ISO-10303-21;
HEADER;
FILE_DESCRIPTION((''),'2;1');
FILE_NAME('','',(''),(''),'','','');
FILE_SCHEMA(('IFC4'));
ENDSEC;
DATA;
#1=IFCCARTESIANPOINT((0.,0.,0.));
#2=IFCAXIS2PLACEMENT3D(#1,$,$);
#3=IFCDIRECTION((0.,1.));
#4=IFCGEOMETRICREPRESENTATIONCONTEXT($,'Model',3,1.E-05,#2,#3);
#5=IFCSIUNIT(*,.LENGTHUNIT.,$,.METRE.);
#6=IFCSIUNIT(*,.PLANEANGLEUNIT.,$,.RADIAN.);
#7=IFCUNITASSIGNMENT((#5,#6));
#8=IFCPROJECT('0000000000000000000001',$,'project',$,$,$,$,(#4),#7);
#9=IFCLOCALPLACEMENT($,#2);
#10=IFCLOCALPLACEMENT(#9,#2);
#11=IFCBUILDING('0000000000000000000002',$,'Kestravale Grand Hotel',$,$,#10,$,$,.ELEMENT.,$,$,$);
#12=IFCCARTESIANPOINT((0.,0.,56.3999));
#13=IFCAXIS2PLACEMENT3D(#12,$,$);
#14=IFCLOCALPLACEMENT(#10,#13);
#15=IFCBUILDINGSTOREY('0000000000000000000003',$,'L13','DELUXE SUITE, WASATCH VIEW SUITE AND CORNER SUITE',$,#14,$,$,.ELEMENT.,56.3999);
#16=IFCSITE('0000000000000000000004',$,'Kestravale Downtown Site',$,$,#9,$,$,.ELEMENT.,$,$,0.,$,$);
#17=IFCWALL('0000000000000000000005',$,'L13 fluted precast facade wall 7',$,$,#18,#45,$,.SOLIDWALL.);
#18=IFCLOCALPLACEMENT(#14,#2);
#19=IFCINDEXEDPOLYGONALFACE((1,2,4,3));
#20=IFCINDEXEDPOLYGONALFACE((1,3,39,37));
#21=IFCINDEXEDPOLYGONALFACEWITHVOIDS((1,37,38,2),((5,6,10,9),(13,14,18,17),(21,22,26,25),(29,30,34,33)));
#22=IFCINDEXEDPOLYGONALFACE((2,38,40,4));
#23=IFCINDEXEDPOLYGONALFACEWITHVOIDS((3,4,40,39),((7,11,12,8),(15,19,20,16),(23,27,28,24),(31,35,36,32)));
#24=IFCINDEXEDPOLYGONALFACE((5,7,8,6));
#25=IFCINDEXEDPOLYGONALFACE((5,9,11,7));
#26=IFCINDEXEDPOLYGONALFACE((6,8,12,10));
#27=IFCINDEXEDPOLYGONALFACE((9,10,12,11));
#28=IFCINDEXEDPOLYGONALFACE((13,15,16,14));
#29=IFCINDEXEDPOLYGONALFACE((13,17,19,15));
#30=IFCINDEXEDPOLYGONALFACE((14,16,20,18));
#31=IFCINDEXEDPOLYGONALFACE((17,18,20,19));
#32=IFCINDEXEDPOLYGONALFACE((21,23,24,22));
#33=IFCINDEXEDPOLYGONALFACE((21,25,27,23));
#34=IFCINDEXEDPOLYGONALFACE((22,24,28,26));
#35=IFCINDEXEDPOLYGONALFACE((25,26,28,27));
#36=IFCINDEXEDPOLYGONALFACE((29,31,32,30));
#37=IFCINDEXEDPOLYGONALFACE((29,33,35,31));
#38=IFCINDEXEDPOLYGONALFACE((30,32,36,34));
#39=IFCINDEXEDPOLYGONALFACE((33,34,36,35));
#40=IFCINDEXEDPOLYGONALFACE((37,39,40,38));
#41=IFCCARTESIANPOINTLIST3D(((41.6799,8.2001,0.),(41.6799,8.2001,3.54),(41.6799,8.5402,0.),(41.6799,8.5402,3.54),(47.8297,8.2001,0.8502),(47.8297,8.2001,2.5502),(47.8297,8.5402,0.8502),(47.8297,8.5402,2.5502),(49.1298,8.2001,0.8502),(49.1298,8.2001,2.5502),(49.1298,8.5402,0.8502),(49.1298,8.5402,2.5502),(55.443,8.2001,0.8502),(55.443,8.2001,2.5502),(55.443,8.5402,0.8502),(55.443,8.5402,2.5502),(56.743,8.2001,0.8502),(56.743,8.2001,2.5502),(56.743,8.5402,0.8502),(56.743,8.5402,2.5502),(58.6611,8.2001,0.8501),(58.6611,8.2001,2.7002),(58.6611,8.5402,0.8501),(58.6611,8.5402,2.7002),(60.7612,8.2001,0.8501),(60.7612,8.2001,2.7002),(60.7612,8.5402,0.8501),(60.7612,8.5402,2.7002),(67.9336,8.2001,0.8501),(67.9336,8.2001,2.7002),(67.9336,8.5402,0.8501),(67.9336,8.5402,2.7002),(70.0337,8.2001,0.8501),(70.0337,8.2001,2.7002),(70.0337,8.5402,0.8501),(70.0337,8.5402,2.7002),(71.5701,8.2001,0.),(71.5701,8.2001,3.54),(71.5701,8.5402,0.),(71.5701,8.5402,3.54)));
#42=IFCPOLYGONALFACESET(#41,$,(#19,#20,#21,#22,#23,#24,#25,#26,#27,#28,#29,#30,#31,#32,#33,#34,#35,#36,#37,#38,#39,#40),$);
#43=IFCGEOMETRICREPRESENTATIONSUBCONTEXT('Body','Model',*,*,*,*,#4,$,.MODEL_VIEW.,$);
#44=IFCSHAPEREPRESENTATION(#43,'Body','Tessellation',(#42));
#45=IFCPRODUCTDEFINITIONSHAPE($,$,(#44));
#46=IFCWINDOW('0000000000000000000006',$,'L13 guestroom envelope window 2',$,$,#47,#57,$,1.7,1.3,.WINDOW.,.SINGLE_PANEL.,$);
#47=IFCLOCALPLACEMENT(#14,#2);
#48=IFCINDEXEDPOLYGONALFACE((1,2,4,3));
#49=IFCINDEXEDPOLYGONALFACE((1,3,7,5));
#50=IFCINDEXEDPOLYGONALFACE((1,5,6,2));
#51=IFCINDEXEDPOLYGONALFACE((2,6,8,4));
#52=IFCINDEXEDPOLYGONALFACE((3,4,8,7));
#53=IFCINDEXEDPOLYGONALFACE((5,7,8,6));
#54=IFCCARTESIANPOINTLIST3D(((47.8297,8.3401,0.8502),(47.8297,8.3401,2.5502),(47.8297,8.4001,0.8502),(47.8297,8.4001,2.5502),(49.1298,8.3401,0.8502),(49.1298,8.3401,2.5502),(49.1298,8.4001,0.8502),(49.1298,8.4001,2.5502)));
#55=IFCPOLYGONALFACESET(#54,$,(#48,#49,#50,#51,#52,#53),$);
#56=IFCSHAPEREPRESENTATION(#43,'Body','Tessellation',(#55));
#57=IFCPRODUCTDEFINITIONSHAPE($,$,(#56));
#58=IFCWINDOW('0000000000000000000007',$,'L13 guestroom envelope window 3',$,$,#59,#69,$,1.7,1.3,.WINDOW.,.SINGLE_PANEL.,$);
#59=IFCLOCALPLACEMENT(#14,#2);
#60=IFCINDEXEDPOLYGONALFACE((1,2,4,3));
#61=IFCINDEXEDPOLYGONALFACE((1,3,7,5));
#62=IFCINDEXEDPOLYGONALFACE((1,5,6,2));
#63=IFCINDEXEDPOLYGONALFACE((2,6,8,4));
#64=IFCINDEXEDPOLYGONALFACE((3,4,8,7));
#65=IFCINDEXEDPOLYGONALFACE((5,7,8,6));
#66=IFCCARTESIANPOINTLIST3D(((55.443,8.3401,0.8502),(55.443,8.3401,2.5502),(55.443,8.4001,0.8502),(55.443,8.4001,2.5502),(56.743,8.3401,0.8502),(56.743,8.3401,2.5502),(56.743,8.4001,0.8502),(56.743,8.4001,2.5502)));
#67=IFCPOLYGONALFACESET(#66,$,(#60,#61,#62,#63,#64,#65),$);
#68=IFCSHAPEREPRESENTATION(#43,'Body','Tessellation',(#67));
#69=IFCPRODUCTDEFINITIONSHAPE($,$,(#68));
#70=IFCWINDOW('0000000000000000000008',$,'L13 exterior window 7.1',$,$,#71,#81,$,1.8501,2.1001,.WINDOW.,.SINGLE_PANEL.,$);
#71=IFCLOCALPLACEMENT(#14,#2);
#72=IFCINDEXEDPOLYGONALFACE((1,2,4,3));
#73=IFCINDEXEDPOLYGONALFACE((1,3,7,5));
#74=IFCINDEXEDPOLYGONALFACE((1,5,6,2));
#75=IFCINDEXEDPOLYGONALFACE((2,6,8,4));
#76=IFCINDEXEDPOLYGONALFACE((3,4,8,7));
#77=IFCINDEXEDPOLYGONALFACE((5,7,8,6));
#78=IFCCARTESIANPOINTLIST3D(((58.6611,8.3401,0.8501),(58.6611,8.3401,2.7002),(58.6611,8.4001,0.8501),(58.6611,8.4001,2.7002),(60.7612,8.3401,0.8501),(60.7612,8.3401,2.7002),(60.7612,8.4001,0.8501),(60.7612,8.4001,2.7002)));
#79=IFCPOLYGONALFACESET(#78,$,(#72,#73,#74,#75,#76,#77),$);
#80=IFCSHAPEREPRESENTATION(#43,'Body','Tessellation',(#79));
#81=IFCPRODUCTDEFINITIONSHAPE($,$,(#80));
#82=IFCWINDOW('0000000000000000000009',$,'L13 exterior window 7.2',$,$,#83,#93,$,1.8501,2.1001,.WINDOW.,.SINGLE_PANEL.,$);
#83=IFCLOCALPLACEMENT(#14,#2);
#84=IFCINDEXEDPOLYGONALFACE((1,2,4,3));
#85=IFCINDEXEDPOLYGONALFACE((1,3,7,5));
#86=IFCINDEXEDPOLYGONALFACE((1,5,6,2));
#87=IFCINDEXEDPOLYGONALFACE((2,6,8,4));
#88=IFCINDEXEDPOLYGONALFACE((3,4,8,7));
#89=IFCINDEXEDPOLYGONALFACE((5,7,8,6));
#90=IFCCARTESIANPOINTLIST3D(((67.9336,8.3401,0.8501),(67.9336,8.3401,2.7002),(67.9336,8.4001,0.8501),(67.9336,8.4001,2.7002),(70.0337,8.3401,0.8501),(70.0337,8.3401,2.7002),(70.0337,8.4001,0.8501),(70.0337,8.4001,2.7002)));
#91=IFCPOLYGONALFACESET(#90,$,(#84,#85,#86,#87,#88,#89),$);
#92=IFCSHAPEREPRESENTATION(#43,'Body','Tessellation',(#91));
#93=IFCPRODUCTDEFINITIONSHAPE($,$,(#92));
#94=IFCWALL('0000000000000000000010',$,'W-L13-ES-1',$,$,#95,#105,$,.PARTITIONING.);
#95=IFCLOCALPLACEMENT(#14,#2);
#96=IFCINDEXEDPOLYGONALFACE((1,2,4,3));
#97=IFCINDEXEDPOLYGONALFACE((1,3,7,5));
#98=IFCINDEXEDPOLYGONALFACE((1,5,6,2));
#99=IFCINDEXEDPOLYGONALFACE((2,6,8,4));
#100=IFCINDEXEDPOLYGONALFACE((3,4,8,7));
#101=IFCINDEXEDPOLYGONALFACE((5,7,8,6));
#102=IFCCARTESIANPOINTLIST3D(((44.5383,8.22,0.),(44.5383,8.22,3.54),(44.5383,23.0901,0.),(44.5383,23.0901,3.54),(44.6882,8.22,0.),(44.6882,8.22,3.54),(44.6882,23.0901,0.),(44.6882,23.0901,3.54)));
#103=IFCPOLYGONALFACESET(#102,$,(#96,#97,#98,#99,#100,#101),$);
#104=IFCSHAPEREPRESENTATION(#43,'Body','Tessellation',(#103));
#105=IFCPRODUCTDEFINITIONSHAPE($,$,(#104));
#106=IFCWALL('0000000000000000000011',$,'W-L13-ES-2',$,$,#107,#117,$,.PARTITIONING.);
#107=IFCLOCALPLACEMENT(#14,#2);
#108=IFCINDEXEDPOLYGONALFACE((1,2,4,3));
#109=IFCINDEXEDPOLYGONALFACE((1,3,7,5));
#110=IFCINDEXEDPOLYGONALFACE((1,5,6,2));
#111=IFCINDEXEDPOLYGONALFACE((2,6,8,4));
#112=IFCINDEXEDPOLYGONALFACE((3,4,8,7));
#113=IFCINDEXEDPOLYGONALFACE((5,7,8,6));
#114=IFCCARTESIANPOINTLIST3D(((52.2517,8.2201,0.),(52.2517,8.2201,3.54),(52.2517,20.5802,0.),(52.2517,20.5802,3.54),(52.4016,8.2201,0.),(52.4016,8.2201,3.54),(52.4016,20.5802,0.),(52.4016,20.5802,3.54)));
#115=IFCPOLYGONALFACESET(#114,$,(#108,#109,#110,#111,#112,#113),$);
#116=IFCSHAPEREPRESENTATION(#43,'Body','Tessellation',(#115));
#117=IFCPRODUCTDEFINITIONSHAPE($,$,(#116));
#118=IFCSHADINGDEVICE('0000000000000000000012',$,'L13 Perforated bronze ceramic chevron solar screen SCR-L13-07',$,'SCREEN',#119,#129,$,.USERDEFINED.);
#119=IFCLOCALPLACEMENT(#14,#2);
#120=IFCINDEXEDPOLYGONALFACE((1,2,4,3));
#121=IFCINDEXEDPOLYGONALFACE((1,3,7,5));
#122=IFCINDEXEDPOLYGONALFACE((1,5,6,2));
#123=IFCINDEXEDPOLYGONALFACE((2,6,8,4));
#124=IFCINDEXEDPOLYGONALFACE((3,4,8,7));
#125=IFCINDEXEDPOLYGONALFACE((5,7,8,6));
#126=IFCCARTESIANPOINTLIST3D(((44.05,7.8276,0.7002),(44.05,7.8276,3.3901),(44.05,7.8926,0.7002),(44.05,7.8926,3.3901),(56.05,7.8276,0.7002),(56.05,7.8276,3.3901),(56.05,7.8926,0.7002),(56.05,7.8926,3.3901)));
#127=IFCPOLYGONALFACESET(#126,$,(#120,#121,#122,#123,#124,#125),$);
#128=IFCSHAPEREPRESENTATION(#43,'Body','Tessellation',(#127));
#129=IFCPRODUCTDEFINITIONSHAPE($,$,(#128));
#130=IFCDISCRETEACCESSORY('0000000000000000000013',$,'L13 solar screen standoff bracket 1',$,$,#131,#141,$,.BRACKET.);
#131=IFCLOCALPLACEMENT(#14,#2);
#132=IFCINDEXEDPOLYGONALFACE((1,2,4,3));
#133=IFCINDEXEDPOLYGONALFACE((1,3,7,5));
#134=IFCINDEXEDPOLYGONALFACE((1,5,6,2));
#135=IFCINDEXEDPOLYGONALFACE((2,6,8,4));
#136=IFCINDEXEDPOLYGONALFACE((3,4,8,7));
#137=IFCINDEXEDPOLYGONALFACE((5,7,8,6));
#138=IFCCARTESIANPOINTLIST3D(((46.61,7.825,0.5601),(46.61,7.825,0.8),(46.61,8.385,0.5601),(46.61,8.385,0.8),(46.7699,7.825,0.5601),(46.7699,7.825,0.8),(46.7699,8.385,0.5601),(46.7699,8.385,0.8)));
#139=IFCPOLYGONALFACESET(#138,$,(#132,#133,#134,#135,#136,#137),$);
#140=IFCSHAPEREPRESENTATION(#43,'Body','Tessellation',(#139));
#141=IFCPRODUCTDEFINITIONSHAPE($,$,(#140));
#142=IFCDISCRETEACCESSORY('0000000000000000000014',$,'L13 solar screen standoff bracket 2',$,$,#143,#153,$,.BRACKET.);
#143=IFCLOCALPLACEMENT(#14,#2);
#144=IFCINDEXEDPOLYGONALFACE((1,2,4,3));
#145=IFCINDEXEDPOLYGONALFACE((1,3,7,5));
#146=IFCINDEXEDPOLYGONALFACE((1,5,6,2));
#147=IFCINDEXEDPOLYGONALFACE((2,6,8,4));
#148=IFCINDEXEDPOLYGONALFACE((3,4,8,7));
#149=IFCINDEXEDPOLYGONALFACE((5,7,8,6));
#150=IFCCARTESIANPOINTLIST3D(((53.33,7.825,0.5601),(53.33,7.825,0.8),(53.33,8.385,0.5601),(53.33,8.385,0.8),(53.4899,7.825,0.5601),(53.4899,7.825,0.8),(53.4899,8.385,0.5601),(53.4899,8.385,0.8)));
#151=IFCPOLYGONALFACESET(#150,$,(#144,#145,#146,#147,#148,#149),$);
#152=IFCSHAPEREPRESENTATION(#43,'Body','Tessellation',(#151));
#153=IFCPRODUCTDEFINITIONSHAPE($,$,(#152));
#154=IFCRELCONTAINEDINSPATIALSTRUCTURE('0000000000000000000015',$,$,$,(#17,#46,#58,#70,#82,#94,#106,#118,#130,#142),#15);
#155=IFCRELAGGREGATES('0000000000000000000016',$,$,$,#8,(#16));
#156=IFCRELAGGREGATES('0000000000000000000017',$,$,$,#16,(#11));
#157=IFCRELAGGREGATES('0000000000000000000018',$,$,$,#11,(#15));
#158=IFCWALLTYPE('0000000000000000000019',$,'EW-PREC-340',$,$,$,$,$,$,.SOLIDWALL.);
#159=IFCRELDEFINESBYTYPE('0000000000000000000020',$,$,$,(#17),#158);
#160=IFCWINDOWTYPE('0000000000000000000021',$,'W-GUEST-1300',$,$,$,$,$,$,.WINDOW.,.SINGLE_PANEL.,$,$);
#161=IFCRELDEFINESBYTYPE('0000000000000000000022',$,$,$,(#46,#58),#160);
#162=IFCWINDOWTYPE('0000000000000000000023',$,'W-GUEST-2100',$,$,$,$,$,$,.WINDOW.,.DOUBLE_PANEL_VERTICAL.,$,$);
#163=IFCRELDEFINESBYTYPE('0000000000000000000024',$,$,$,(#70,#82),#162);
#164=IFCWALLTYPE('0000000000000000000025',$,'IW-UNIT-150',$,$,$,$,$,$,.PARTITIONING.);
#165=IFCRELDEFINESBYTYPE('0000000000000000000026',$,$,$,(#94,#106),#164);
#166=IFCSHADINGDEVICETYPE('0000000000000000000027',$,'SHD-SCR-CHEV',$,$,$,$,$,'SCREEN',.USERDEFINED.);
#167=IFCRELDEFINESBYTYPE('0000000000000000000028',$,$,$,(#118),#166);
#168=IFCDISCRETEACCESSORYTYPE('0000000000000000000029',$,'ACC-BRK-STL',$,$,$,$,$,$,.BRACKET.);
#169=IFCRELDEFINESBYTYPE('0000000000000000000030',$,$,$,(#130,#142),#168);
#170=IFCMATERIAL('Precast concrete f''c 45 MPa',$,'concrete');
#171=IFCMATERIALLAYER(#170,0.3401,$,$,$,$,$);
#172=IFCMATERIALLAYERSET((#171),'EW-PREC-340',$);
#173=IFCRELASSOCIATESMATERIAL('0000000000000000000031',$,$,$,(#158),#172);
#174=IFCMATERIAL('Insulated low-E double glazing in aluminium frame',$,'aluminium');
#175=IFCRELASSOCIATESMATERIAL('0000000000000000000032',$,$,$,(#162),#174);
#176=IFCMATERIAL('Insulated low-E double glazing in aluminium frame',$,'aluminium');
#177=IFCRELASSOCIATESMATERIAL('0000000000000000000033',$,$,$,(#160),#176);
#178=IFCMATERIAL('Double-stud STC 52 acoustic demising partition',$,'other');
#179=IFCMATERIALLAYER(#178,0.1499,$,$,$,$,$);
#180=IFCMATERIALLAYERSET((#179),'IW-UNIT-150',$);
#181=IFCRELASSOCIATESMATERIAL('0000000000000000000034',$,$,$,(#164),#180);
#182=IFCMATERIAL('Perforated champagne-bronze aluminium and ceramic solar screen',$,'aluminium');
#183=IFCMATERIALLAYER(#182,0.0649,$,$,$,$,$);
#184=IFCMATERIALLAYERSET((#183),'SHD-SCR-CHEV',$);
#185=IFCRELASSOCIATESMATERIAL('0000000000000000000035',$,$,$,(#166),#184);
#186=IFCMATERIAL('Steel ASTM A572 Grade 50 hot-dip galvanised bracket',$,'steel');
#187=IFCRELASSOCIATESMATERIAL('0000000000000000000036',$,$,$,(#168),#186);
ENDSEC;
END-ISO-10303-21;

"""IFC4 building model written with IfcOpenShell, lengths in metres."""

from ifc_helpers import new_model, si_unit, direction, frame, frame_2d, origin, origin_2d, place, context, subcontext, project, spatial, rectangle, extrude, material, layer, layer_set, type_object, element, fill, save


model = new_model("IFC4")

# Units and contexts
model_context = context("Model", 3, precision=1e-05, world=origin(), true_north=direction((0.0, 1.0)))
body_context = subcontext(model_context, "Body", "Model", "MODEL_VIEW")
ifc_project = project(units=[si_unit("LENGTHUNIT", "METRE"), si_unit("PLANEANGLEUNIT", "RADIAN")], contexts=[model_context])

# Site, building, storey
site_placement = place(None, origin())
site = spatial("IfcSite", under=ifc_project, at=site_placement, Name="Kestravale Downtown Site", CompositionType="ELEMENT", RefElevation=0.0)
building_placement = place(site_placement, origin())
building = spatial("IfcBuilding", under=site, at=building_placement, Name="Kestravale Grand Hotel", CompositionType="ELEMENT")
storey_placement = place(building_placement, frame((0.0, 0.0, 56.3999)))
storey = spatial("IfcBuildingStorey", under=building, at=storey_placement, Name="L13", Description="DELUXE SUITE, WASATCH VIEW SUITE AND CORNER SUITE", CompositionType="ELEMENT", Elevation=56.3999)

# Shared definitions
ifc_material_1 = material(Name="Precast concrete f'c 45 MPa", Category="concrete")
ifc_layer_1 = layer(ifc_material_1, 0.3401)
ifc_layer_set_1 = layer_set([ifc_layer_1], Name="EW-PREC-340")
wall_type_1 = type_object("IfcWallType", Name="EW-PREC-340", PredefinedType="SOLIDWALL", material=ifc_layer_set_1)

# Shared definitions
ifc_material_2 = material(Name="Insulated low-E double glazing in aluminium frame", Category="aluminium")
window_type_1 = type_object("IfcWindowType", Name="W-GUEST-2100", PartitioningType="DOUBLE_PANEL_VERTICAL", PredefinedType="WINDOW", material=ifc_material_2)

# Wall, openings, windows
wall_1_placement = place(storey_placement, frame((41.6799, 8.3701, 0.0), z_axis=(0.0, 0.0, 1.0), x_axis=(1.0, 0.0, 0.0)))
wall_1 = element("IfcWall", 1, at=wall_1_placement, inside=storey, type_object=wall_type_1, Name="L13 fluted precast facade wall 7", PredefinedType="SOLIDWALL", context=body_context, shape_type="SweptSolid", body=[
    extrude(rectangle(XDim=29.8901, YDim=0.3401, at=frame_2d((14.9451, 0.0))), origin(), (0.0, 0.0, 1.0), 3.54),
])
opening_1_placement = place(wall_1_placement, frame((16.9812, 0.0, 0.8501)))
opening_1 = element("IfcOpeningElement", 2, at=opening_1_placement, cuts=wall_1, PredefinedType="OPENING", context=body_context, shape_type="SweptSolid", body=[
    extrude(rectangle(XDim=2.1001, YDim=1.8501, at=frame_2d((1.05, 0.925))), frame((0.0, 0.1799, 0.0), z_axis=(0.0, -1.0, 0.0), x_axis=(1.0, 0.0, 0.0)), (0.0, 0.0, 1.0), 0.3601),
])
opening_2_placement = place(wall_1_placement, frame((26.2537, 0.0, 0.8501)))
opening_2 = element("IfcOpeningElement", 3, at=opening_2_placement, cuts=wall_1, PredefinedType="OPENING", context=body_context, shape_type="SweptSolid", body=[
    extrude(rectangle(XDim=2.1001, YDim=1.8501, at=frame_2d((1.05, 0.925))), frame((0.0, 0.1799, 0.0), z_axis=(0.0, -1.0, 0.0), x_axis=(1.0, 0.0, 0.0)), (0.0, 0.0, 1.0), 0.3601),
])
opening_3_placement = place(wall_1_placement, frame((6.1499, 0.0, 0.8501)))
opening_3 = element("IfcOpeningElement", 4, at=opening_3_placement, cuts=wall_1, PredefinedType="OPENING", context=body_context, shape_type="SweptSolid", body=[
    extrude(rectangle(XDim=1.3, YDim=1.7, at=frame_2d((0.6499, 0.8501))), frame((0.0, 0.1799, 0.0), z_axis=(0.0, -1.0, 0.0), x_axis=(1.0, 0.0, 0.0)), (0.0, 0.0, 1.0), 0.3601),
])
opening_4_placement = place(wall_1_placement, frame((13.7632, 0.0, 0.8501)))
opening_4 = element("IfcOpeningElement", 5, at=opening_4_placement, cuts=wall_1, PredefinedType="OPENING", context=body_context, shape_type="SweptSolid", body=[
    extrude(rectangle(XDim=1.3, YDim=1.7, at=frame_2d((0.6499, 0.8501))), frame((0.0, 0.1799, 0.0), z_axis=(0.0, -1.0, 0.0), x_axis=(1.0, 0.0, 0.0)), (0.0, 0.0, 1.0), 0.3601),
])
ifc_material_3 = material(Name="Insulated low-E double glazing in aluminium frame", Category="aluminium")
window_type_2 = type_object("IfcWindowType", Name="W-GUEST-1300", PartitioningType="SINGLE_PANEL", PredefinedType="WINDOW", material=ifc_material_3)
window_1_placement = place(opening_3_placement, origin())
window_1 = element("IfcWindow", 6, at=window_1_placement, inside=storey, type_object=window_type_2, Name="L13 guestroom envelope window 2", OverallHeight=1.7, OverallWidth=1.3, PartitioningType="SINGLE_PANEL", PredefinedType="WINDOW", context=body_context, shape_type="SweptSolid", body=[
    extrude(rectangle(XDim=1.3, YDim=1.7, at=frame_2d((0.6499, 0.8501))), frame((0.0, 0.03, 0.0), z_axis=(0.0, -1.0, 0.0), x_axis=(1.0, 0.0, 0.0)), (0.0, 0.0, 1.0), 0.0601),
])
fill(opening_3, window_1)
window_2_placement = place(opening_4_placement, origin())
window_2 = element("IfcWindow", 7, at=window_2_placement, inside=storey, type_object=window_type_2, Name="L13 guestroom envelope window 3", OverallHeight=1.7, OverallWidth=1.3, PartitioningType="SINGLE_PANEL", PredefinedType="WINDOW", context=body_context, shape_type="SweptSolid", body=[
    extrude(rectangle(XDim=1.3, YDim=1.7, at=frame_2d((0.6499, 0.8501))), frame((0.0, 0.03, 0.0), z_axis=(0.0, -1.0, 0.0), x_axis=(1.0, 0.0, 0.0)), (0.0, 0.0, 1.0), 0.0601),
])
fill(opening_4, window_2)
window_3_placement = place(opening_1_placement, origin())
window_3 = element("IfcWindow", 8, at=window_3_placement, inside=storey, type_object=window_type_1, Name="L13 exterior window 7.1", OverallHeight=1.8501, OverallWidth=2.1001, PartitioningType="SINGLE_PANEL", PredefinedType="WINDOW", context=body_context, shape_type="SweptSolid", body=[
    extrude(rectangle(XDim=2.1001, YDim=1.8501, at=frame_2d((1.05, 0.925))), frame((0.0, 0.03, 0.0), z_axis=(0.0, -1.0, 0.0), x_axis=(1.0, 0.0, 0.0)), (0.0, 0.0, 1.0), 0.0601),
])
fill(opening_1, window_3)
window_4_placement = place(opening_2_placement, origin())
window_4 = element("IfcWindow", 9, at=window_4_placement, inside=storey, type_object=window_type_1, Name="L13 exterior window 7.2", OverallHeight=1.8501, OverallWidth=2.1001, PartitioningType="SINGLE_PANEL", PredefinedType="WINDOW", context=body_context, shape_type="SweptSolid", body=[
    extrude(rectangle(XDim=2.1001, YDim=1.8501, at=frame_2d((1.05, 0.925))), frame((0.0, 0.03, 0.0), z_axis=(0.0, -1.0, 0.0), x_axis=(1.0, 0.0, 0.0)), (0.0, 0.0, 1.0), 0.0601),
])
fill(opening_2, window_4)

# Walls
ifc_material_4 = material(Name="Double-stud STC 52 acoustic demising partition", Category="other")
ifc_layer_2 = layer(ifc_material_4, 0.1499)
ifc_layer_set_2 = layer_set([ifc_layer_2], Name="IW-UNIT-150")
wall_type_2 = type_object("IfcWallType", Name="IW-UNIT-150", PredefinedType="PARTITIONING", material=ifc_layer_set_2)
wall_2_placement = place(storey_placement, frame((44.6133, 8.22, 0.0), z_axis=(0.0, 0.0, 1.0), x_axis=(0.0, 1.0, 0.0)))
element("IfcWall", 10, at=wall_2_placement, inside=storey, type_object=wall_type_2, Name="W-L13-ES-1", PredefinedType="PARTITIONING", context=body_context, shape_type="SweptSolid", body=[
    extrude(rectangle(XDim=14.8701, YDim=0.1499, at=frame_2d((7.4351, 0.0))), origin(), (0.0, 0.0, 1.0), 3.54),
])
wall_3_placement = place(storey_placement, frame((52.3267, 8.22, 0.0), z_axis=(0.0, 0.0, 1.0), x_axis=(0.0, 1.0, 0.0)))
element("IfcWall", 11, at=wall_3_placement, inside=storey, type_object=wall_type_2, Name="W-L13-ES-2", PredefinedType="PARTITIONING", context=body_context, shape_type="SweptSolid", body=[
    extrude(rectangle(XDim=12.3601, YDim=0.1499, at=frame_2d((6.1802, 0.0))), origin(), (0.0, 0.0, 1.0), 3.54),
])

# Shading device
ifc_material_5 = material(Name="Perforated champagne-bronze aluminium and ceramic solar screen", Category="aluminium")
ifc_layer_3 = layer(ifc_material_5, 0.0649)
ifc_layer_set_3 = layer_set([ifc_layer_3], Name="SHD-SCR-CHEV")
shading_device_type = type_object("IfcShadingDeviceType", Name="SHD-SCR-CHEV", ElementType="SCREEN", PredefinedType="USERDEFINED", material=ifc_layer_set_3)
shading_device_placement = place(storey_placement, frame((50.05, 7.8601, 0.7002), z_axis=(0.0, 0.0, 1.0), x_axis=(1.0, 0.0, 0.0)))
element("IfcShadingDevice", 12, at=shading_device_placement, inside=storey, type_object=shading_device_type, Name="L13 Perforated bronze ceramic chevron solar screen SCR-L13-07", ObjectType="SCREEN", PredefinedType="USERDEFINED", context=body_context, shape_type="SweptSolid", body=[
    extrude(rectangle(XDim=12.0, YDim=0.0649, at=origin_2d()), origin(), (0.0, 0.0, 1.0), 2.6899),
])

# Discrete accessories
ifc_material_6 = material(Name="Steel ASTM A572 Grade 50 hot-dip galvanised bracket", Category="steel")
discrete_accessory_type = type_object("IfcDiscreteAccessoryType", Name="ACC-BRK-STL", PredefinedType="BRACKET", material=ifc_material_6)
for number, where, z_axis, x_axis, name in (
    (13, (46.6899, 8.105, 0.5601), (0.0, 0.0, 1.0), (1.0, 0.0, 0.0), "L13 solar screen standoff bracket 1"),
    (14, (53.4099, 8.105, 0.5601), (0.0, 0.0, 1.0), (1.0, 0.0, 0.0), "L13 solar screen standoff bracket 2"),
):
    element("IfcDiscreteAccessory", number, at=place(storey_placement, frame(where, z_axis=z_axis, x_axis=x_axis)), inside=storey, type_object=discrete_accessory_type, Name=name, PredefinedType="BRACKET", context=body_context, shape_type="SweptSolid", body=[
        extrude(rectangle(XDim=0.1599, YDim=0.5601, at=origin_2d()), origin(), (0.0, 0.0, 1.0), 0.24),
    ])

save(model, "model.ifc")
